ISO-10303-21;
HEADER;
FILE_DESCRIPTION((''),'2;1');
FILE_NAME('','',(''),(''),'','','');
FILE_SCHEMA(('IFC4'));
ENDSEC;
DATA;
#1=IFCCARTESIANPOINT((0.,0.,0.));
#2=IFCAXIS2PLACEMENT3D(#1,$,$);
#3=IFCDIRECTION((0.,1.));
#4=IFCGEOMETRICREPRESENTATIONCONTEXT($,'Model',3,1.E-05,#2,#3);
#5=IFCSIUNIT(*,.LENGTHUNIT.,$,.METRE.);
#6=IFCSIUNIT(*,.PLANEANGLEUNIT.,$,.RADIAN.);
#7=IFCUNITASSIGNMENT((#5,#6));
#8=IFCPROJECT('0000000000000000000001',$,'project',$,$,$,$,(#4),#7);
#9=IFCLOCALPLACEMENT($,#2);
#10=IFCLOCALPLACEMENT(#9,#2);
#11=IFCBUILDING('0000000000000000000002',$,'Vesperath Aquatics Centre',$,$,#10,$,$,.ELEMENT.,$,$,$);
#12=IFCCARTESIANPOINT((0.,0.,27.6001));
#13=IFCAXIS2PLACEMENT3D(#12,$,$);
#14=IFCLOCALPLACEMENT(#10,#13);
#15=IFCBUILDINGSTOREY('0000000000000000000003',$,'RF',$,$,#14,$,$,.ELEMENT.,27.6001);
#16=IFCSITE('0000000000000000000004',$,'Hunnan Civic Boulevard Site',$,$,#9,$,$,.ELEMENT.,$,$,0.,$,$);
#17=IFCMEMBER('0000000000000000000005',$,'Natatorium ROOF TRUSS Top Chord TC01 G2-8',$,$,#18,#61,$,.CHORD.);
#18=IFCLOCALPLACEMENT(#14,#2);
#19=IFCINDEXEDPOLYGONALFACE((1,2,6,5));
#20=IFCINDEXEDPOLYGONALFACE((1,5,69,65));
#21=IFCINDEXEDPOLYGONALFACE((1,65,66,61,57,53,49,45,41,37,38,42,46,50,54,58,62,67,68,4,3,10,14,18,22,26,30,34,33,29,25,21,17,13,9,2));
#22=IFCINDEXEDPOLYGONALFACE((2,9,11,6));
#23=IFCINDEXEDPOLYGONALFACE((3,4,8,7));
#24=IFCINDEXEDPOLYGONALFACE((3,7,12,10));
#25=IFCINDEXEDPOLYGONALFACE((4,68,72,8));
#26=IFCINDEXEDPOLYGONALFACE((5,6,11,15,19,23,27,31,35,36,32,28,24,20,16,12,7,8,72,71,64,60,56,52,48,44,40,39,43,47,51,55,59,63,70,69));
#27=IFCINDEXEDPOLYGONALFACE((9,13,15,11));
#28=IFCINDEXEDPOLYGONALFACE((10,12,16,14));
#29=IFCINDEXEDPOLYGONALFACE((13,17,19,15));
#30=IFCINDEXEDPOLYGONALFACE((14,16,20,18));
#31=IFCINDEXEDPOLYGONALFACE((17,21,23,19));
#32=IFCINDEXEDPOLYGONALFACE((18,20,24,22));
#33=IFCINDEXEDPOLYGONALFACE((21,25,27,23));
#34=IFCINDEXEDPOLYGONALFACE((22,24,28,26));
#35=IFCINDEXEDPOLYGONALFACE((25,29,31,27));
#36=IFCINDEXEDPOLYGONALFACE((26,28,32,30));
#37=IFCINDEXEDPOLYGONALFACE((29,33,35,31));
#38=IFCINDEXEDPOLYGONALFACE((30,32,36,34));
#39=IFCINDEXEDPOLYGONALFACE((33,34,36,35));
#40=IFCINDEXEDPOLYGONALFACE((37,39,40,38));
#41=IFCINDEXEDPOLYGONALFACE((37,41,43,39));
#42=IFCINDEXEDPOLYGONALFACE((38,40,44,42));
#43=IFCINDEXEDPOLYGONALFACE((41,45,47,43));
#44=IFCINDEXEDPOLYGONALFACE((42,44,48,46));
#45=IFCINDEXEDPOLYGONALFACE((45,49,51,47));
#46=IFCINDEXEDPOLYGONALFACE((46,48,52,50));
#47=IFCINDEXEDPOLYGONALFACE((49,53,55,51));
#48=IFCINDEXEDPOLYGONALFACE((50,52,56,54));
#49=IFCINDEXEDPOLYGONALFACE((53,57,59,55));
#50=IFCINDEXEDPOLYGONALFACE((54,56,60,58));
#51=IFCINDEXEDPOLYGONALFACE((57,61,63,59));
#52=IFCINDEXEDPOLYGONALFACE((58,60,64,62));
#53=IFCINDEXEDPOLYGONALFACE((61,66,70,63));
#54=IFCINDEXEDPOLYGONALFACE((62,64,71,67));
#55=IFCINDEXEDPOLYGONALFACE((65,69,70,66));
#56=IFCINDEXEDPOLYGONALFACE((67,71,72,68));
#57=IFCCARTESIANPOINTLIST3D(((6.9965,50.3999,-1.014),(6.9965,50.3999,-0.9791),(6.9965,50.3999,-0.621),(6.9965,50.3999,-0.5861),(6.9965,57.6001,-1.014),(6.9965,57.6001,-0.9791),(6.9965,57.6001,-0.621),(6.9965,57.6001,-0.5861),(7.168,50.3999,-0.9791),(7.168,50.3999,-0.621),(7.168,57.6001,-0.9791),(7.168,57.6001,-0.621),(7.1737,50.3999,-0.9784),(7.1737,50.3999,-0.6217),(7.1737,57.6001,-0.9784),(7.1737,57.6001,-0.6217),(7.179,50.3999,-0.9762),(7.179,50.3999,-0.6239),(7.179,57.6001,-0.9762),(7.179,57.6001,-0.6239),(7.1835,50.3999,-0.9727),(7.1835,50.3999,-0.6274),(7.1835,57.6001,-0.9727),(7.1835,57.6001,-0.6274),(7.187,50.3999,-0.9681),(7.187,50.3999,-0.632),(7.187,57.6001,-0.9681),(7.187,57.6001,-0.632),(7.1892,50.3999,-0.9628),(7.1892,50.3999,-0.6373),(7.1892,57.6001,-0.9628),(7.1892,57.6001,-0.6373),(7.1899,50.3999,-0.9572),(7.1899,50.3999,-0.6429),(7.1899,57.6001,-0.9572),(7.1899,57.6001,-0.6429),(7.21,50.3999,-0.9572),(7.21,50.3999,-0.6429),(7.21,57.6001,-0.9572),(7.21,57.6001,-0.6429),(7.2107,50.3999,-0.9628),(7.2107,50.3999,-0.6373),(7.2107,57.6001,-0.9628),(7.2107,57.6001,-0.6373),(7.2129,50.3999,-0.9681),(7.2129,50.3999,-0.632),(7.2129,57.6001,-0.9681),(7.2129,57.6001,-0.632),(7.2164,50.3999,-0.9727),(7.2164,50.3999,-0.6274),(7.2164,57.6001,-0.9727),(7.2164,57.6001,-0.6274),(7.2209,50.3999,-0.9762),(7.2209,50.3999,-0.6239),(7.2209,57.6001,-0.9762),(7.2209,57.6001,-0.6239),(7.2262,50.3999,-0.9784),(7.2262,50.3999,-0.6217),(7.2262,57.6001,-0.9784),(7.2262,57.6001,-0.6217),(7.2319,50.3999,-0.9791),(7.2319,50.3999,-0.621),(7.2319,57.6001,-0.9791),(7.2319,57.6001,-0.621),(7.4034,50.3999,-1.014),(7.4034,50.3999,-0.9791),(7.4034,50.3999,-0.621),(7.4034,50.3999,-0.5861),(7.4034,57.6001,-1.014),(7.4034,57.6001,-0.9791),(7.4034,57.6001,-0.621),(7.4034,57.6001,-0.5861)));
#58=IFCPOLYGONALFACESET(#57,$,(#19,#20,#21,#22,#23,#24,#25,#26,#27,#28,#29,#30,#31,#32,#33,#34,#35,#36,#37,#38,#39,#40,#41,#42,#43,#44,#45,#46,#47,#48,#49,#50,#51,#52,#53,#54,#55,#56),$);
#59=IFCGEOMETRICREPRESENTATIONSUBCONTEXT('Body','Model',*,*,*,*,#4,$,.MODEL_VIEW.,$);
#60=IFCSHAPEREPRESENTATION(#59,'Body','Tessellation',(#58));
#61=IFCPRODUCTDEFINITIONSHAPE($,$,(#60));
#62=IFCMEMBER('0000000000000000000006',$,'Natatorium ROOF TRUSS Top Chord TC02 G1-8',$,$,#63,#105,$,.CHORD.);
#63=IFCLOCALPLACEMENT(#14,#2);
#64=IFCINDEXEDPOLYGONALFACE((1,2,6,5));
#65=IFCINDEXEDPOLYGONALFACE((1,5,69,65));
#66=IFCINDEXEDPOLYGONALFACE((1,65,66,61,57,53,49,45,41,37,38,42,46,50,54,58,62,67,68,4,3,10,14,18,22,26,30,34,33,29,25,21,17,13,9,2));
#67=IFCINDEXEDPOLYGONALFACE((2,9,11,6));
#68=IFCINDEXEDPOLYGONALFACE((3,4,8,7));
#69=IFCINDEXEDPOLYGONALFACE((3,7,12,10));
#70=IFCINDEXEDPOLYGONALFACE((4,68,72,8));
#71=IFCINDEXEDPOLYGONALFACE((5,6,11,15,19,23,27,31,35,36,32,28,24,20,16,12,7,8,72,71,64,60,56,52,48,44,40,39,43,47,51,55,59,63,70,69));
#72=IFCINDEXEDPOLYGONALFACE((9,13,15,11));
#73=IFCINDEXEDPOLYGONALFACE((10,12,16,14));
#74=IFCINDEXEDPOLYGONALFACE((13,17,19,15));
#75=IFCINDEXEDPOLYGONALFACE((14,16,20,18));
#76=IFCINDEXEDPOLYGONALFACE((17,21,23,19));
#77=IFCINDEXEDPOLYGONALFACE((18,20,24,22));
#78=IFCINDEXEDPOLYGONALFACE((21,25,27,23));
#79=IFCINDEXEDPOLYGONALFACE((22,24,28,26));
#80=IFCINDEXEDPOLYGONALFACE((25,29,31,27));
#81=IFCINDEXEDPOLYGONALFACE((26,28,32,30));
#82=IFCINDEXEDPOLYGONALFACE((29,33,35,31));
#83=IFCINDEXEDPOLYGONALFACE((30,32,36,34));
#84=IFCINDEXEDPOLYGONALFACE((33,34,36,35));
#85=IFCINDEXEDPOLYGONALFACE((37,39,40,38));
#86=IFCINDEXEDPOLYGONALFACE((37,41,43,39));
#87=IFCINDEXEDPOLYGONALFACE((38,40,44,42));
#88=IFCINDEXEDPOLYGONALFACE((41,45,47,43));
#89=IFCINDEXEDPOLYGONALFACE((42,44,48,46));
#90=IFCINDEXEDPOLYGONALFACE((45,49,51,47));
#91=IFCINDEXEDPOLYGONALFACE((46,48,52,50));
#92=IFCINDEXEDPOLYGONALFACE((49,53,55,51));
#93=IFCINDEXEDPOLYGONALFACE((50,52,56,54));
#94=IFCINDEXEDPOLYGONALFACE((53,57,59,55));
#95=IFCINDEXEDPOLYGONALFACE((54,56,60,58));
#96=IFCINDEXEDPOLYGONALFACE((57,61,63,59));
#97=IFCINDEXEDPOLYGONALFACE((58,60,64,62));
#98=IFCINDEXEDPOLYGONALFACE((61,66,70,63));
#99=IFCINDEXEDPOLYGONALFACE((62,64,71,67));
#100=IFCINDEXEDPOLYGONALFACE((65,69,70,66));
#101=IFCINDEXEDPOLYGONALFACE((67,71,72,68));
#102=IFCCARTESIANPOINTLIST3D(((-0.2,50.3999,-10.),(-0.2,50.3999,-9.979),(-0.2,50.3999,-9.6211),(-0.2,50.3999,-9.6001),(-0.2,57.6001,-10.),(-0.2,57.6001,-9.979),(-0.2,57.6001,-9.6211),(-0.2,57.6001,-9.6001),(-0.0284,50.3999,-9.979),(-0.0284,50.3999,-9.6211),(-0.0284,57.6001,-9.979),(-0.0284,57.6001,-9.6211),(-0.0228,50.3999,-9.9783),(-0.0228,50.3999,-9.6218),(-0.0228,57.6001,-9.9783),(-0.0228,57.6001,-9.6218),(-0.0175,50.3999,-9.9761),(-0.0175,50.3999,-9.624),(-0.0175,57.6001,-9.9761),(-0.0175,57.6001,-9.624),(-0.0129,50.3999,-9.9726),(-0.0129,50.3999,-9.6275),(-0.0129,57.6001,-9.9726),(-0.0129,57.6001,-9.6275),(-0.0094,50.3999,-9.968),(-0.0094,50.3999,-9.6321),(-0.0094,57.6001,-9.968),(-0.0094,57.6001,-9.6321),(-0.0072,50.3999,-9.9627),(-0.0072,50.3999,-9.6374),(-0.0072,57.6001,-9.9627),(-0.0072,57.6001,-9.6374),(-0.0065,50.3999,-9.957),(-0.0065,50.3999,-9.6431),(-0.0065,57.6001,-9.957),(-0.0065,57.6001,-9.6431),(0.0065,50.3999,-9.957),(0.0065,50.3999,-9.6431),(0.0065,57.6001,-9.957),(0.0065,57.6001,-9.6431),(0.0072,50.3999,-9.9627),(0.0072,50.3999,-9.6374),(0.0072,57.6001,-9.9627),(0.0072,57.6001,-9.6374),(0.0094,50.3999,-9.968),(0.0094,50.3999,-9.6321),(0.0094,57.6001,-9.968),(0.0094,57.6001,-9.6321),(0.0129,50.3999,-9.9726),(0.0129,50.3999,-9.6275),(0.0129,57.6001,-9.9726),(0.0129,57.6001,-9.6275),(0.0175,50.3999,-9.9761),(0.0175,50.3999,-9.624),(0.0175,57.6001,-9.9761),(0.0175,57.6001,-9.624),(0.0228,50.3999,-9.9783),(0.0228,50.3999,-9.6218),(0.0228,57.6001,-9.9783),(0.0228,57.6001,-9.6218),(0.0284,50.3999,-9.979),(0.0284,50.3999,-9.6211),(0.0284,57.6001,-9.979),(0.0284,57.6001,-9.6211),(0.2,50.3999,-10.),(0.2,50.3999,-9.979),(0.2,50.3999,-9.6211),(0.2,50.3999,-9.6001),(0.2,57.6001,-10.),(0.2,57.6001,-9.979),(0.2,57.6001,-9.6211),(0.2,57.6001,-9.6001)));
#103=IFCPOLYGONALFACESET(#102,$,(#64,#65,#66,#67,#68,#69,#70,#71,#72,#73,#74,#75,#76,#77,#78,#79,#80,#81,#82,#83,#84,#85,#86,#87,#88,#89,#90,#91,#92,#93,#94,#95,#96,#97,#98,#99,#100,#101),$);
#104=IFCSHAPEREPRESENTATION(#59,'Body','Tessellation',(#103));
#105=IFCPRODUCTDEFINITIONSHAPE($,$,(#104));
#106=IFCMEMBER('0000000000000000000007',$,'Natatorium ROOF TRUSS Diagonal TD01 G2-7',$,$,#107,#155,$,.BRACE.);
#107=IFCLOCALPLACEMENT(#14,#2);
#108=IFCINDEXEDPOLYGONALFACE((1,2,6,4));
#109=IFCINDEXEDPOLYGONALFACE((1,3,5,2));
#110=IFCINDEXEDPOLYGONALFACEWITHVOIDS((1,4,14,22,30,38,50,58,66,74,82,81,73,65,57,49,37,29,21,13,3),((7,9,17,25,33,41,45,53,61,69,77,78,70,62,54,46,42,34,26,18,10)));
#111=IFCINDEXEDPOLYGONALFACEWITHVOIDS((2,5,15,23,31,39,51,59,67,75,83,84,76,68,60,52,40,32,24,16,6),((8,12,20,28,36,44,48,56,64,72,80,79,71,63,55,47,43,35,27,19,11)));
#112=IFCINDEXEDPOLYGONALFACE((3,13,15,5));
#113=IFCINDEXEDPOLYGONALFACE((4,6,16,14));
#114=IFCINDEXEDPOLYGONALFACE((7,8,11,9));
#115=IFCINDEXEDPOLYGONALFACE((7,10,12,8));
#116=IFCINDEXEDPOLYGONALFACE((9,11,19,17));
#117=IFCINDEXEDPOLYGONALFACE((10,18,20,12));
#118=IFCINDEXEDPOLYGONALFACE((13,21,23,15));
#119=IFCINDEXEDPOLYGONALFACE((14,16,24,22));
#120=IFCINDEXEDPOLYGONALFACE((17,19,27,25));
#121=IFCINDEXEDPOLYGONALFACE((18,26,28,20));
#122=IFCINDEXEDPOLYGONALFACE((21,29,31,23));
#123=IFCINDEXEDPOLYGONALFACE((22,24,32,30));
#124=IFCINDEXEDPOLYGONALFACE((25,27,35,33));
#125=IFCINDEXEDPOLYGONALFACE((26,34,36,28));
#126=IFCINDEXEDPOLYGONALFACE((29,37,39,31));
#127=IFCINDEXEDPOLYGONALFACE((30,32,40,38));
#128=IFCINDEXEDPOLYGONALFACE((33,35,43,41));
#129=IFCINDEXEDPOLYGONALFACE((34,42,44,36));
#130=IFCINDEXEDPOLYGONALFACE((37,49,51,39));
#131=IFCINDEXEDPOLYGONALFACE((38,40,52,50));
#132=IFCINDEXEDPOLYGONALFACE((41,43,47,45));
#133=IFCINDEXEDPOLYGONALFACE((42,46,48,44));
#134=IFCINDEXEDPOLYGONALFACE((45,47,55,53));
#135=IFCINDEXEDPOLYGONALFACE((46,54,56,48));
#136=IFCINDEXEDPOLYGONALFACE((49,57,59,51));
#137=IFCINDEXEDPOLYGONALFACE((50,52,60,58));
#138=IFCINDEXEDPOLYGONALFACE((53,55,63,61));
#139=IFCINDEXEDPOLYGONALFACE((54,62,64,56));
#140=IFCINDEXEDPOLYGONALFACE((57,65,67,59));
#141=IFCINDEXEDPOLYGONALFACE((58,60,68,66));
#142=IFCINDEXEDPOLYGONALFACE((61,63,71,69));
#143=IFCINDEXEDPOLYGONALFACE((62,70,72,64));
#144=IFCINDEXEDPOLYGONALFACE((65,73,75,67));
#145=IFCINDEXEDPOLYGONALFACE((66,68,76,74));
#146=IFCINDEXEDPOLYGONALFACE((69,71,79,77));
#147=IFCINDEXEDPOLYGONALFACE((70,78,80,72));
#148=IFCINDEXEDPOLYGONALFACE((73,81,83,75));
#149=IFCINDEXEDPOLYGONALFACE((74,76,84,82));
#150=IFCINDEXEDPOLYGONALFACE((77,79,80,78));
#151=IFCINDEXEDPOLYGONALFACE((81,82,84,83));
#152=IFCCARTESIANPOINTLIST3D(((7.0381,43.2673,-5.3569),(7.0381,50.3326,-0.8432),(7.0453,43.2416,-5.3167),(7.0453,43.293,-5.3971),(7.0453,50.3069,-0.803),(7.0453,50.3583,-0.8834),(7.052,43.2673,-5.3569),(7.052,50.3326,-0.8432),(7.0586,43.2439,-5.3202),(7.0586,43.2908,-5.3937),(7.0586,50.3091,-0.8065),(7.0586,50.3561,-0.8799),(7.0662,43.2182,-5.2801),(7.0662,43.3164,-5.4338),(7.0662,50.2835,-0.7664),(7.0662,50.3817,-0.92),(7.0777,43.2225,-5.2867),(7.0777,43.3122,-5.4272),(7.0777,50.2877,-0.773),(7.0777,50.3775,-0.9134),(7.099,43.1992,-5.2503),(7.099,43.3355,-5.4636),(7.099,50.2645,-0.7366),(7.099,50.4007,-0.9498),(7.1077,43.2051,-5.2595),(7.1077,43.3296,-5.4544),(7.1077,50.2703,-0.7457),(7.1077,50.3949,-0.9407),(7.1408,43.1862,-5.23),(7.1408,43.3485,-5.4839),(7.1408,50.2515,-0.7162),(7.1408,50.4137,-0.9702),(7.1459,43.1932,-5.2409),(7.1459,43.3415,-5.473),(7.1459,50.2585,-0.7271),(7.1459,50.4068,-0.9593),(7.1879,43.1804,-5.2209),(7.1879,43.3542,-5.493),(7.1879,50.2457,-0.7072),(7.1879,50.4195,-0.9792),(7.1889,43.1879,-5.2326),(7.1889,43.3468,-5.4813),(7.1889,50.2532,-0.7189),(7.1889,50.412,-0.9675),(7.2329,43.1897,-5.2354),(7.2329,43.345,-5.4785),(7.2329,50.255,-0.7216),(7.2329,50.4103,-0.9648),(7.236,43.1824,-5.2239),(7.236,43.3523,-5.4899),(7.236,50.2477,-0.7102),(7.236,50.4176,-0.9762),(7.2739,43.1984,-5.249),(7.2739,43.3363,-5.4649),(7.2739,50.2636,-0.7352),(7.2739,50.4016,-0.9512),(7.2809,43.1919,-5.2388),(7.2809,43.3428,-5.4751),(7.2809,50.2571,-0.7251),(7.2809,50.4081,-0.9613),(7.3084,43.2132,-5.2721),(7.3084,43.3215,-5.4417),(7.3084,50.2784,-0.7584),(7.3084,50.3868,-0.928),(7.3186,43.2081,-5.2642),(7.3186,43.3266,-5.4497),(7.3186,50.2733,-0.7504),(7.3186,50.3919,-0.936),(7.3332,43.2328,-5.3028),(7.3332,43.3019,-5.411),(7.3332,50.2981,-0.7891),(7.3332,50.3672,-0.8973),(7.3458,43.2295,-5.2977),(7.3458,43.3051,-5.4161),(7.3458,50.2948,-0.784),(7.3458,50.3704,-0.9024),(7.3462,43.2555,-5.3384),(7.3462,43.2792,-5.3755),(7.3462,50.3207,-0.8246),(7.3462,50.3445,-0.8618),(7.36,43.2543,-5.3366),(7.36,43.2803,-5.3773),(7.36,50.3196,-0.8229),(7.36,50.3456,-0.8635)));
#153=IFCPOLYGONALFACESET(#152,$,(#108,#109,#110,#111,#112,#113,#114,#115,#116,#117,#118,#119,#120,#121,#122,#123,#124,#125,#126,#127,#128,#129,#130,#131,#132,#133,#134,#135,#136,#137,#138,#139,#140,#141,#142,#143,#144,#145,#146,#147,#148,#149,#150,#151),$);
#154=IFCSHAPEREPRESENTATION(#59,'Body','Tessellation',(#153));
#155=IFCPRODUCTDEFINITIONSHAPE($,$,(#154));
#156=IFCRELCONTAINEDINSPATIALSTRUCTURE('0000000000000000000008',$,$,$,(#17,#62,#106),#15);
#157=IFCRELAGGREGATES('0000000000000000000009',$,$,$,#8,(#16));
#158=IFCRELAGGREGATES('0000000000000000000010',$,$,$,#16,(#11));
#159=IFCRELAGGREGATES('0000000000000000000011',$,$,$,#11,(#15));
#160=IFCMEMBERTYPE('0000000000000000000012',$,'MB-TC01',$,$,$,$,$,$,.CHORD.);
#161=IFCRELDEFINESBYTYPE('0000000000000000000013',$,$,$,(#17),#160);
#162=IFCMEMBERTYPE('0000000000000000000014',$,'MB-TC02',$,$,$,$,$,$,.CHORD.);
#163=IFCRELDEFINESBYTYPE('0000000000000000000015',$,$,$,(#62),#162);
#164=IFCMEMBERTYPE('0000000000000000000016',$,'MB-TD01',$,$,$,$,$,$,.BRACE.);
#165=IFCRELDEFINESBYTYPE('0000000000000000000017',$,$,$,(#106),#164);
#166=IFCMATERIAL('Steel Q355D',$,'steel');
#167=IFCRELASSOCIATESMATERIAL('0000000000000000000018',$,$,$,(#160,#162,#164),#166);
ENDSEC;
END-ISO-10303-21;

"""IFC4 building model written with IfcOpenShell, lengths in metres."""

from ifc_helpers import new_model, si_unit, direction, frame, origin, origin_2d, place, context, subcontext, project, spatial, hollow_circle, i_section, extrude, material, material_profile, profile_set, type_object, element, save


model = new_model("IFC4")

# Units and contexts
model_context = context("Model", 3, precision=1e-05, world=origin(), true_north=direction((0.0, 1.0)))
body_context = subcontext(model_context, "Body", "Model", "MODEL_VIEW")
ifc_project = project(units=[si_unit("LENGTHUNIT", "METRE"), si_unit("PLANEANGLEUNIT", "RADIAN")], contexts=[model_context])

# Site, building, storey
site_placement = place(None, origin())
site = spatial("IfcSite", under=ifc_project, at=site_placement, Name="Hunnan Civic Boulevard Site", CompositionType="ELEMENT", RefElevation=0.0)
building_placement = place(site_placement, origin())
building = spatial("IfcBuilding", under=site, at=building_placement, Name="Vesperath Aquatics Centre", CompositionType="ELEMENT")
storey_placement = place(building_placement, frame((0.0, 0.0, 27.6001)))
storey = spatial("IfcBuildingStorey", under=building, at=storey_placement, Name="RF", CompositionType="ELEMENT", Elevation=27.6001)

# Members
ifc_material_1 = material(Name="Steel Q355D", Category="steel")
ifc_material_profile_1 = material_profile(ifc_material_1, i_section(OverallWidth=0.407, OverallDepth=0.428, WebThickness=0.02, FlangeThickness=0.0349, FilletRadius=0.022, at=origin_2d()), Name="HW 428x407x20x35")
ifc_profile_set_1 = profile_set([ifc_material_profile_1], Name="Steel Q355D")
member_type_1 = type_object("IfcMemberType", Name="MB-TC01", PredefinedType="CHORD", material=ifc_profile_set_1)
member_1_placement = place(storey_placement, frame((7.2, 50.3999, -0.8), z_axis=(0.0, 1.0, 0.0), x_axis=(-1.0, 0.0, 0.0)))
element("IfcMember", 1, at=member_1_placement, inside=storey, type_object=member_type_1, Name="Natatorium ROOF TRUSS Top Chord TC01 G2-8", PredefinedType="CHORD", context=body_context, shape_type="SweptSolid", body=[
    extrude(i_section(OverallWidth=0.407, OverallDepth=0.428, WebThickness=0.02, FlangeThickness=0.0349, FilletRadius=0.022, at=origin_2d()), origin(), (0.0, 0.0, 1.0), 7.2002),
])
ifc_material_profile_2 = material_profile(ifc_material_1, i_section(OverallWidth=0.3999, OverallDepth=0.3999, WebThickness=0.0129, FlangeThickness=0.021, FilletRadius=0.022, at=origin_2d()), Name="HW 400x400x13x21")
ifc_profile_set_2 = profile_set([ifc_material_profile_2], Name="Steel Q355D")
member_type_2 = type_object("IfcMemberType", Name="MB-TC02", PredefinedType="CHORD", material=ifc_profile_set_2)
member_2_placement = place(storey_placement, frame((0.0, 50.3999, -9.8), z_axis=(0.0, 1.0, 0.0), x_axis=(-1.0, 0.0, 0.0)))
element("IfcMember", 2, at=member_2_placement, inside=storey, type_object=member_type_2, Name="Natatorium ROOF TRUSS Top Chord TC02 G1-8", PredefinedType="CHORD", context=body_context, shape_type="SweptSolid", body=[
    extrude(i_section(OverallWidth=0.3999, OverallDepth=0.3999, WebThickness=0.0129, FlangeThickness=0.021, FilletRadius=0.022, at=origin_2d()), origin(), (0.0, 0.0, 1.0), 7.2002),
])
ifc_material_profile_3 = material_profile(ifc_material_1, hollow_circle(Radius=0.1619, WallThickness=0.0139, at=origin_2d()), Name="CHS 323.9x14")
ifc_profile_set_3 = profile_set([ifc_material_profile_3], Name="Steel Q355D")
member_type_3 = type_object("IfcMemberType", Name="MB-TD01", PredefinedType="BRACE", material=ifc_profile_set_3)
member_3_placement = place(storey_placement, frame((7.2, 43.2673, -5.3569), z_axis=(0.0, 0.842707, 0.538373), x_axis=(-1.0, 0.0, 0.0)))
element("IfcMember", 3, at=member_3_placement, inside=storey, type_object=member_type_3, Name="Natatorium ROOF TRUSS Diagonal TD01 G2-7", PredefinedType="BRACE", context=body_context, shape_type="SweptSolid", body=[
    extrude(hollow_circle(Radius=0.1619, WallThickness=0.0139, at=origin_2d()), origin(), (0.0, 0.0, 1.0), 8.384),
])

save(model, "model.ifc")
